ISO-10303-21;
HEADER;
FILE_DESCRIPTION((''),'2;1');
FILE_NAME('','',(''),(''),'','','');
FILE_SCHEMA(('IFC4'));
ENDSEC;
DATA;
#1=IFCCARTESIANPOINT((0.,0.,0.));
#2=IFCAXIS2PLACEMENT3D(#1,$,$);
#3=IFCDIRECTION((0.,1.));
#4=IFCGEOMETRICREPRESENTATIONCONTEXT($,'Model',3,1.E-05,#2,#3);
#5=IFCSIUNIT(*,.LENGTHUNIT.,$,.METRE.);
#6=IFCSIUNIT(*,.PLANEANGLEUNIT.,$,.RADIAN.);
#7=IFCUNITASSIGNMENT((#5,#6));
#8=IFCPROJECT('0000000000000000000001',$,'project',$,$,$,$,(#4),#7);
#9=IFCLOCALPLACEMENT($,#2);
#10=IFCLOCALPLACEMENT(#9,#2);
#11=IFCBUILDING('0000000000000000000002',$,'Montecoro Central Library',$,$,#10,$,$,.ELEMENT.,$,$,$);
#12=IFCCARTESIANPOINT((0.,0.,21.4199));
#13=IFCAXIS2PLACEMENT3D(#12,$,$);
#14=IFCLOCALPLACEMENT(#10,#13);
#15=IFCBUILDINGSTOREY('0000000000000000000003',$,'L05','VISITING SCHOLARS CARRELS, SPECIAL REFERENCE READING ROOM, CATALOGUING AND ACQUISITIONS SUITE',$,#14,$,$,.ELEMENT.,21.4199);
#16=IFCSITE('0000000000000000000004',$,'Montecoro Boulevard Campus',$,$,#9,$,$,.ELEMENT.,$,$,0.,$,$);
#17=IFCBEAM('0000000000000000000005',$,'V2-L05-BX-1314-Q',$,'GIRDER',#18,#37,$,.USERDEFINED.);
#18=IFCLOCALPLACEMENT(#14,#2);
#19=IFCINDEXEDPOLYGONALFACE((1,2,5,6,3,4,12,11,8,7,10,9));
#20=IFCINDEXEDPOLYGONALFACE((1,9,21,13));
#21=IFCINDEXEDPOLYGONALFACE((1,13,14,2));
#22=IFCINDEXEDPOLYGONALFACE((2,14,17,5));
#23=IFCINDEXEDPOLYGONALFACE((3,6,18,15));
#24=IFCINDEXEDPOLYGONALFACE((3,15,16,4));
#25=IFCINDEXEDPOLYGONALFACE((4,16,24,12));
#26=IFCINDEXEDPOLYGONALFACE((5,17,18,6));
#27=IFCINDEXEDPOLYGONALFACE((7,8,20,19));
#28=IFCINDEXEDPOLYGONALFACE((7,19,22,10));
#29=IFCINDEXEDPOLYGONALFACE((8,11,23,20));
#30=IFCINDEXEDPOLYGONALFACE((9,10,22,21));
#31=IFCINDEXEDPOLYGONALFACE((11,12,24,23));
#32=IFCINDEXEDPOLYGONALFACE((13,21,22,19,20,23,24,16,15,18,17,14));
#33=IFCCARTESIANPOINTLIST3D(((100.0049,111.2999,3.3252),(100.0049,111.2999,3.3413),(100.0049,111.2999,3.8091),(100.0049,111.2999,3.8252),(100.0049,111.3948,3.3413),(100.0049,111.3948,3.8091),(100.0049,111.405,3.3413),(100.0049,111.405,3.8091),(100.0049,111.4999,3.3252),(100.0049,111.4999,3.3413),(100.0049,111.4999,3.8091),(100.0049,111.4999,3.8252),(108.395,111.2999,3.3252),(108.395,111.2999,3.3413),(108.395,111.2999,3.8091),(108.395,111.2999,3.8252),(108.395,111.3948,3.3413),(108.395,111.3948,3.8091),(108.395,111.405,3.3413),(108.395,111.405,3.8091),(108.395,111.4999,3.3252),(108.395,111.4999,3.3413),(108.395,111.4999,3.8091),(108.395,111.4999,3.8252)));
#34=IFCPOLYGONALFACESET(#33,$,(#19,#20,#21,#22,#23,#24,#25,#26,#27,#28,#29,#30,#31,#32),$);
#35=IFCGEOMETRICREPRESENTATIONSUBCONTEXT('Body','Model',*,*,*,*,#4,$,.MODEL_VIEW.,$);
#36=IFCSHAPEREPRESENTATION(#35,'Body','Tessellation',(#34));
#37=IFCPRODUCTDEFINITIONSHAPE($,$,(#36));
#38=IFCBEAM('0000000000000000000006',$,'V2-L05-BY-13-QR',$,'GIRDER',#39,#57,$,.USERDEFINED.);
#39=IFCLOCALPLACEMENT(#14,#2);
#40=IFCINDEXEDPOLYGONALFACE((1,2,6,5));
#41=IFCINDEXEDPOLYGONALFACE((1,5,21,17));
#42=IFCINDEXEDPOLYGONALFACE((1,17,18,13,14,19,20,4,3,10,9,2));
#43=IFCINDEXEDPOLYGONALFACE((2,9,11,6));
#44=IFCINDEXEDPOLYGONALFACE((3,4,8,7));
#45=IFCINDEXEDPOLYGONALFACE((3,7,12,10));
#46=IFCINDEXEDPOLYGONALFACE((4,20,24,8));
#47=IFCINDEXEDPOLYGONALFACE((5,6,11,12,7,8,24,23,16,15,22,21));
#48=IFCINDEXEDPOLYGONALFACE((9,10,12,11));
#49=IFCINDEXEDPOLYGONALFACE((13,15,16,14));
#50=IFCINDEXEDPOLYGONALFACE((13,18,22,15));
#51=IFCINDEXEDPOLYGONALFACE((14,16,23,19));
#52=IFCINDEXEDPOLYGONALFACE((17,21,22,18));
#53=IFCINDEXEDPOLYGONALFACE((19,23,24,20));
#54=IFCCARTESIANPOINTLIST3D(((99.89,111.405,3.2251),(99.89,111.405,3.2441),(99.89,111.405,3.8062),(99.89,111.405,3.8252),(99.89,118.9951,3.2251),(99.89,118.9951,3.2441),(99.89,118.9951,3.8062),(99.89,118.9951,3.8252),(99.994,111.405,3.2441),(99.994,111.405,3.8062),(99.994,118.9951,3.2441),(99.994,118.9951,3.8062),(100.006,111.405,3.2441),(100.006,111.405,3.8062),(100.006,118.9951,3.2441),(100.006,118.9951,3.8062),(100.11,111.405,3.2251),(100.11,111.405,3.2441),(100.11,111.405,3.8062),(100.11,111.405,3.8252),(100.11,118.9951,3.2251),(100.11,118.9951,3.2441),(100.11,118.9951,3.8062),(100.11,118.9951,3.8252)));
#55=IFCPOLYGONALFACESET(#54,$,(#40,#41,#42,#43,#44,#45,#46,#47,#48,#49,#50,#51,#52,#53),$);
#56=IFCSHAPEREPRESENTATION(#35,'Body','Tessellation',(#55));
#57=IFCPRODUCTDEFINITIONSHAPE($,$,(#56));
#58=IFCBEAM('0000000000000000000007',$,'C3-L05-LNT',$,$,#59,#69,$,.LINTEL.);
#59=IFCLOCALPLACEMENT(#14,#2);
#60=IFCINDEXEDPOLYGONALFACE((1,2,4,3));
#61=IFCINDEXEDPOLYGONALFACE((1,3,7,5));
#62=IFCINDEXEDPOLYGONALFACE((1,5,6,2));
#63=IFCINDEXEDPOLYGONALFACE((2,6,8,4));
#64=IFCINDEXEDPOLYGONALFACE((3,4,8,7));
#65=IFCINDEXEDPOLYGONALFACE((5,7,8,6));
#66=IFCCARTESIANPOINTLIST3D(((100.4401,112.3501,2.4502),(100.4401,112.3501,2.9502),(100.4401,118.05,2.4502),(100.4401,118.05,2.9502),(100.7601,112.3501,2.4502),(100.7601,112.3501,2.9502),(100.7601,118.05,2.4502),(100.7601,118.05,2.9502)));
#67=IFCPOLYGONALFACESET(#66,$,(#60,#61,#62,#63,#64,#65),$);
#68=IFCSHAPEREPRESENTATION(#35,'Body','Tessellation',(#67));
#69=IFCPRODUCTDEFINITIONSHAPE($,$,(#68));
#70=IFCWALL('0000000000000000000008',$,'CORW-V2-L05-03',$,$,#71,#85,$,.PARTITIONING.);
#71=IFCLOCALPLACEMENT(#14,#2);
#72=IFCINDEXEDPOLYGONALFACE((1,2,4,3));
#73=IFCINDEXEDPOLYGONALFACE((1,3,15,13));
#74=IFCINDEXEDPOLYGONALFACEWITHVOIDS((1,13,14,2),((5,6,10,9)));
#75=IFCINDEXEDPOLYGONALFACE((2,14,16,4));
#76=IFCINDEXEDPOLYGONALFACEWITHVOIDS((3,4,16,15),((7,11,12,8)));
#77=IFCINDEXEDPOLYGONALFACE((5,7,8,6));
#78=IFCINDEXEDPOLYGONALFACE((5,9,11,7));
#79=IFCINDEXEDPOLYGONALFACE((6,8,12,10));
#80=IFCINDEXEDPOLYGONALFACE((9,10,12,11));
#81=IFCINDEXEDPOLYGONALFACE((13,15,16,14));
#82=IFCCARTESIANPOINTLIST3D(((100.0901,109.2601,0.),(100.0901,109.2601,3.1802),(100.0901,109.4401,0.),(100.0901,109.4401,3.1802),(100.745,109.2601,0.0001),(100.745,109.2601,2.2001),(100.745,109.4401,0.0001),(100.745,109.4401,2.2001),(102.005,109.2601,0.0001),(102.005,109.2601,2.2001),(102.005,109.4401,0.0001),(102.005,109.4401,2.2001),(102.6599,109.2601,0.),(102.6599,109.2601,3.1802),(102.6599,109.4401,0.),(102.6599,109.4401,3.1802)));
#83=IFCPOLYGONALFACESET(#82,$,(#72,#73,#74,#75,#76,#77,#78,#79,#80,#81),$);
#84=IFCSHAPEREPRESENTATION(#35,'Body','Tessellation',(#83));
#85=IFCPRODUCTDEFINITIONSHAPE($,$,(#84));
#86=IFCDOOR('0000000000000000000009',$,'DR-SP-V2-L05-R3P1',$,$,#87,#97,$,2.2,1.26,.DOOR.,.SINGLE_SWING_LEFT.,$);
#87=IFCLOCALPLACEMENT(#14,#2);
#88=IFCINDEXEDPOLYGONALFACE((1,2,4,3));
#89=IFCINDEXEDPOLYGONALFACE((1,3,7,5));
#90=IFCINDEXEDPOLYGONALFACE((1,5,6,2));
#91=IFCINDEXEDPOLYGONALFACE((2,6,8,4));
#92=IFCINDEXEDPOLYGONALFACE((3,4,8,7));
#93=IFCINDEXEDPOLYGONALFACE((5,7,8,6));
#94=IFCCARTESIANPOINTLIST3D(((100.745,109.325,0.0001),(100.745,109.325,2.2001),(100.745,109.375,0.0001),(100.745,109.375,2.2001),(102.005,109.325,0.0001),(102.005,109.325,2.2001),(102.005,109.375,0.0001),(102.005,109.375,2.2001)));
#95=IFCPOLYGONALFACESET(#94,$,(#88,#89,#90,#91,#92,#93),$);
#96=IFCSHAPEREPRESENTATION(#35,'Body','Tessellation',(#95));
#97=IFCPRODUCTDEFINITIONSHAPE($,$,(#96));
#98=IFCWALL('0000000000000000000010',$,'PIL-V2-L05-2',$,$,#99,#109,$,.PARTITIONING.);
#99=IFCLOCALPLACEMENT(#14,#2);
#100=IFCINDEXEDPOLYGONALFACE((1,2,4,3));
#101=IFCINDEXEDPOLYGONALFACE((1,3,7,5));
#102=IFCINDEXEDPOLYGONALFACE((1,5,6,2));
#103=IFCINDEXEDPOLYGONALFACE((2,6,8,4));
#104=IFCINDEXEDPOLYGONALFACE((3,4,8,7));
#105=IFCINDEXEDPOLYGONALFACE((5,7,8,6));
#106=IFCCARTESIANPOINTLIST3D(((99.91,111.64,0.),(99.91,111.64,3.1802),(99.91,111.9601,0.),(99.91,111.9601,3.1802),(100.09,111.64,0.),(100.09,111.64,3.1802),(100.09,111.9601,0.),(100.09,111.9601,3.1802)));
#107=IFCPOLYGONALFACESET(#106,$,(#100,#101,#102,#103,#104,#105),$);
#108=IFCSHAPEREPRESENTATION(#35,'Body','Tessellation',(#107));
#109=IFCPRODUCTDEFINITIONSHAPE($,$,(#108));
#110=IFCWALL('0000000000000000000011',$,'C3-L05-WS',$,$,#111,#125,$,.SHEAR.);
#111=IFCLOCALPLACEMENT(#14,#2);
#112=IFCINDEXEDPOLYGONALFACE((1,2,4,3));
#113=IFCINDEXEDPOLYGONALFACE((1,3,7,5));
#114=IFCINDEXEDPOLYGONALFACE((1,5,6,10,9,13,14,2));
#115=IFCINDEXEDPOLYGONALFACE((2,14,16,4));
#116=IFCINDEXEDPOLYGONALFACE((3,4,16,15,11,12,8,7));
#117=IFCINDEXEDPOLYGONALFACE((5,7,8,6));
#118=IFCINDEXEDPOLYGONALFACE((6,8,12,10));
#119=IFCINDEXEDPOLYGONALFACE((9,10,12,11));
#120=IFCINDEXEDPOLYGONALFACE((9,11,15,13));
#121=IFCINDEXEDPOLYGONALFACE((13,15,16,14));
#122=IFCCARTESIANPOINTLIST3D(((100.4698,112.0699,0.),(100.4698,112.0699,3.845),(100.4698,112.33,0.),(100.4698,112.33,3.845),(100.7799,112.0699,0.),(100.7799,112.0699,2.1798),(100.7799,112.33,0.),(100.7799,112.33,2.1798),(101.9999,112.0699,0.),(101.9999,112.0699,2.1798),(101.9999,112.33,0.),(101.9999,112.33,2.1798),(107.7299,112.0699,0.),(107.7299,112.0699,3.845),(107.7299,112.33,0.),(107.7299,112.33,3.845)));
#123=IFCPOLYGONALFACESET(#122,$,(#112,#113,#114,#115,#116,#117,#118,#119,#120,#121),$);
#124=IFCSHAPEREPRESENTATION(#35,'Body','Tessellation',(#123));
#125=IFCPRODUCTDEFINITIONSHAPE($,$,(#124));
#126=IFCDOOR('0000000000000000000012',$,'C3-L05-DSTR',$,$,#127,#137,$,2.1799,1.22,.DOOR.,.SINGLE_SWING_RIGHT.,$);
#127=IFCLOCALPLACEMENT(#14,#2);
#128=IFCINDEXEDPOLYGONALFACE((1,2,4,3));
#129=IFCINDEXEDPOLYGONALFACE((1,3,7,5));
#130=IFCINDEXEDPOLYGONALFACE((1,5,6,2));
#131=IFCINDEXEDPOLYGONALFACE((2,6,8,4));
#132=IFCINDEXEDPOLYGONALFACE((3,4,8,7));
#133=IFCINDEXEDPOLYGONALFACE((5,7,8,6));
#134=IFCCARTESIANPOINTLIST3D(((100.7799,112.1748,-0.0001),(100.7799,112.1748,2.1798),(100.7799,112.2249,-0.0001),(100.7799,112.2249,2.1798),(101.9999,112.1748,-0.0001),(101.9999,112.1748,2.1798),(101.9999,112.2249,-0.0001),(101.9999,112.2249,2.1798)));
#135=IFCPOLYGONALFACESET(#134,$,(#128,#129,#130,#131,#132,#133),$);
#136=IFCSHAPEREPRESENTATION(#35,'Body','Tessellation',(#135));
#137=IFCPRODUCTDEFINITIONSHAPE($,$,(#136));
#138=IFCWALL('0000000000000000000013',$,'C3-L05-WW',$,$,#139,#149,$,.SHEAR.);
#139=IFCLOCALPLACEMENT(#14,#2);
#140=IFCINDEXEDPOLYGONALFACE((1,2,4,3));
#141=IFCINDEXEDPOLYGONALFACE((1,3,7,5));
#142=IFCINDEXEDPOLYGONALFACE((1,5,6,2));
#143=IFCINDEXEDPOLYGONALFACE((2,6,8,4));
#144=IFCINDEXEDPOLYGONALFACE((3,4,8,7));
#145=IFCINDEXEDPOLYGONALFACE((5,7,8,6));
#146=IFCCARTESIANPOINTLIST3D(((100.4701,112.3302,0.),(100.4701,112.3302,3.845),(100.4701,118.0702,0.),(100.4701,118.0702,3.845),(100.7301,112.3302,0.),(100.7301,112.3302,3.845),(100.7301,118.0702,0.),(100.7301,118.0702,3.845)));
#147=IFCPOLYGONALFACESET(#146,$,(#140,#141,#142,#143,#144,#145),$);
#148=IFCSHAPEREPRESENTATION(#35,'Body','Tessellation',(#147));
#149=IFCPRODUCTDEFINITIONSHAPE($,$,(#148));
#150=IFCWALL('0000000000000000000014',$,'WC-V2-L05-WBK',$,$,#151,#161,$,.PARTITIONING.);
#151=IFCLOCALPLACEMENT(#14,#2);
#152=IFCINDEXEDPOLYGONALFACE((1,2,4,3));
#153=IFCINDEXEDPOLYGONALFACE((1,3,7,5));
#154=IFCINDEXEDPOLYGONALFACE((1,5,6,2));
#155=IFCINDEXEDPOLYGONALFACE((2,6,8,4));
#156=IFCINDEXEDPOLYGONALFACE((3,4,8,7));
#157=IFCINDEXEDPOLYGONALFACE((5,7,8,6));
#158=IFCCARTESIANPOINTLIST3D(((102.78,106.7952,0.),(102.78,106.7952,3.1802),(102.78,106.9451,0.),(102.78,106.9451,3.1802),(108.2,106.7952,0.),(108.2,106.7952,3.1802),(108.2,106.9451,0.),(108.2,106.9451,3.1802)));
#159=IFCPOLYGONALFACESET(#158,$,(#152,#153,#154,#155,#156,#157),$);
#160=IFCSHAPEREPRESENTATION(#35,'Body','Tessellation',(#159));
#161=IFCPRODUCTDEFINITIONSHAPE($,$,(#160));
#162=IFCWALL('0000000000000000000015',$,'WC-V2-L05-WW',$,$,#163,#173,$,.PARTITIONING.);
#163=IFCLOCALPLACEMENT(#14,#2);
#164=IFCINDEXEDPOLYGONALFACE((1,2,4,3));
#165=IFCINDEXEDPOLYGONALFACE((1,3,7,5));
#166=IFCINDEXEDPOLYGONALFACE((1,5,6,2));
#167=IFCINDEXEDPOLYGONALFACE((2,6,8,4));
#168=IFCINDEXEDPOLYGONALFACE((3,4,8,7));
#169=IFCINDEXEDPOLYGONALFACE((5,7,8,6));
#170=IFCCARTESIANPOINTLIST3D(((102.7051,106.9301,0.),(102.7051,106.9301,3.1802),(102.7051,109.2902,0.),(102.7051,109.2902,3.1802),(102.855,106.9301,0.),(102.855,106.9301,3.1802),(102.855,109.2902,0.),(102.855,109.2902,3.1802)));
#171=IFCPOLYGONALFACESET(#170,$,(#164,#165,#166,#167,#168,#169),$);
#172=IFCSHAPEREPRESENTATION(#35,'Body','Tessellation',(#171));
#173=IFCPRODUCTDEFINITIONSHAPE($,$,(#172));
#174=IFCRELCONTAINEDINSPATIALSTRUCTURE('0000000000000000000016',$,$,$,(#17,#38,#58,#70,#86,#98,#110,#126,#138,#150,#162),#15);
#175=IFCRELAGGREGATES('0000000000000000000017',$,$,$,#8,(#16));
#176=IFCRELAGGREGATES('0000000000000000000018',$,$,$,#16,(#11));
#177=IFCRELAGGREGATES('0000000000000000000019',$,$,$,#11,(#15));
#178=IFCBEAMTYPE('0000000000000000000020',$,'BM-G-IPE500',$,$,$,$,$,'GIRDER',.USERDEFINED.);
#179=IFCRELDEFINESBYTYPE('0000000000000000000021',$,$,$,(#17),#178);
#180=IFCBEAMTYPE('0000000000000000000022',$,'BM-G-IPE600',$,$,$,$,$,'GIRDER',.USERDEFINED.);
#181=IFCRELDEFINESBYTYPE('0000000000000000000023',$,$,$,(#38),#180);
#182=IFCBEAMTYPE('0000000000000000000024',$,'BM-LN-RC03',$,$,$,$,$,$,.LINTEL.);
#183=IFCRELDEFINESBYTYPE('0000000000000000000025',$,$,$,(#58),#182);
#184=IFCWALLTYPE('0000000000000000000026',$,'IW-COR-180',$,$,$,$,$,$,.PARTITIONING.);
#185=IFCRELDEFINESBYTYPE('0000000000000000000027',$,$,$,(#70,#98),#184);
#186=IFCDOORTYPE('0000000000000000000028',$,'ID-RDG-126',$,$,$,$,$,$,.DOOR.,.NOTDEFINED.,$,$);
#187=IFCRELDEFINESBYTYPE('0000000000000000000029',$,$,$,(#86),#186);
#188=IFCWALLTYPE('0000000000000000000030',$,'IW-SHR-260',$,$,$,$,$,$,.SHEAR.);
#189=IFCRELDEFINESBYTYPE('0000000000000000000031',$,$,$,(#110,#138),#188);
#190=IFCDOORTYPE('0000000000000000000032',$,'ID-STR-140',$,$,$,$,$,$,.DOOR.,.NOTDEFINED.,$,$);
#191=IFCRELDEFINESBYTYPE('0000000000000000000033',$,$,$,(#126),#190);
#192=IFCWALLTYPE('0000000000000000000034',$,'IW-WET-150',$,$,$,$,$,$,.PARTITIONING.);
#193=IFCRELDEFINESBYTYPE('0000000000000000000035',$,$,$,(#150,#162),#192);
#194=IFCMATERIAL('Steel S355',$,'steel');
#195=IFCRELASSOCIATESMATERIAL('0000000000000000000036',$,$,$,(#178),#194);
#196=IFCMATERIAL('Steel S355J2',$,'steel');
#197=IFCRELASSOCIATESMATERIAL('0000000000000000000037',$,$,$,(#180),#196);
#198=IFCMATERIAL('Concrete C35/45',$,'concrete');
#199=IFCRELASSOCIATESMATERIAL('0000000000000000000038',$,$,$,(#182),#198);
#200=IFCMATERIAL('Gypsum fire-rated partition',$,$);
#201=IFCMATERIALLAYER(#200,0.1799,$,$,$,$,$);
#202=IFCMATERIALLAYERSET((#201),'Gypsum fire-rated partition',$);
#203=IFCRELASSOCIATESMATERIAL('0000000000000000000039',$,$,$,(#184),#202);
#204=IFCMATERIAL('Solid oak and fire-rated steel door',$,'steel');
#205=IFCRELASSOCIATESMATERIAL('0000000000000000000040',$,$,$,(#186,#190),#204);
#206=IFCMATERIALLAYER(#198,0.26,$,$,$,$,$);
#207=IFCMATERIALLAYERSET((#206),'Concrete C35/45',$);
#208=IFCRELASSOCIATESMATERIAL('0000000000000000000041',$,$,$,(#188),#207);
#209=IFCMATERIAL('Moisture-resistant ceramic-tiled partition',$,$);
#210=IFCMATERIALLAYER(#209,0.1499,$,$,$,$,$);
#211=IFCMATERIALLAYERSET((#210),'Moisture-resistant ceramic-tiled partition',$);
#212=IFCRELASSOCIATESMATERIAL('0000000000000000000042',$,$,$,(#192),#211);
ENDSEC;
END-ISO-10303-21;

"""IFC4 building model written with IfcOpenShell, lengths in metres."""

from ifc_helpers import new_model, si_unit, direction, frame, frame_2d, origin, origin_2d, place, context, subcontext, project, spatial, rectangle, i_section, extrude, material, layer, layer_set, material_profile, profile_set, type_object, element, fill, save


model = new_model("IFC4")

# Units and contexts
model_context = context("Model", 3, precision=1e-05, world=origin(), true_north=direction((0.0, 1.0)))
body_context = subcontext(model_context, "Body", "Model", "MODEL_VIEW")
ifc_project = project(units=[si_unit("LENGTHUNIT", "METRE"), si_unit("PLANEANGLEUNIT", "RADIAN")], contexts=[model_context])

# Site, building, storey
site_placement = place(None, origin())
site = spatial("IfcSite", under=ifc_project, at=site_placement, Name="Montecoro Boulevard Campus", CompositionType="ELEMENT", RefElevation=0.0)
building_placement = place(site_placement, origin())
building = spatial("IfcBuilding", under=site, at=building_placement, Name="Montecoro Central Library", CompositionType="ELEMENT")
storey_placement = place(building_placement, frame((0.0, 0.0, 21.4199)))
storey = spatial("IfcBuildingStorey", under=building, at=storey_placement, Name="L05", Description="VISITING SCHOLARS CARRELS, SPECIAL REFERENCE READING ROOM, CATALOGUING AND ACQUISITIONS SUITE", CompositionType="ELEMENT", Elevation=21.4199)

# Beams
ifc_material_1 = material(Name="Steel S355", Category="steel")
ifc_material_profile_1 = material_profile(ifc_material_1, i_section(OverallWidth=0.2, OverallDepth=0.5, WebThickness=0.0103, FlangeThickness=0.0161, at=origin_2d()), Name="IPE 500")
ifc_profile_set_1 = profile_set([ifc_material_profile_1], Name="Steel S355")
beam_type_1 = type_object("IfcBeamType", Name="BM-G-IPE500", ElementType="GIRDER", PredefinedType="USERDEFINED", material=ifc_profile_set_1)
beam_1_placement = place(storey_placement, frame((100.0049, 111.3999, 3.5752), z_axis=(1.0, 0.0, 0.0), x_axis=(0.0, 1.0, 0.0)))
element("IfcBeam", 1, at=beam_1_placement, inside=storey, type_object=beam_type_1, Name="V2-L05-BX-1314-Q", ObjectType="GIRDER", PredefinedType="USERDEFINED", context=body_context, shape_type="SweptSolid", body=[
    extrude(i_section(OverallWidth=0.2, OverallDepth=0.5, WebThickness=0.0103, FlangeThickness=0.0161, at=origin_2d()), origin(), (0.0, 0.0, 1.0), 8.3901),
])
ifc_material_2 = material(Name="Steel S355J2", Category="steel")
ifc_material_profile_2 = material_profile(ifc_material_2, i_section(OverallWidth=0.22, OverallDepth=0.6001, WebThickness=0.012, FlangeThickness=0.019, at=origin_2d()), Name="IPE 600")
ifc_profile_set_2 = profile_set([ifc_material_profile_2], Name="Steel S355J2")
beam_type_2 = type_object("IfcBeamType", Name="BM-G-IPE600", ElementType="GIRDER", PredefinedType="USERDEFINED", material=ifc_profile_set_2)
beam_2_placement = place(storey_placement, frame((100.0, 111.405, 3.5251), z_axis=(0.0, 1.0, 0.0), x_axis=(-1.0, 0.0, 0.0)))
element("IfcBeam", 2, at=beam_2_placement, inside=storey, type_object=beam_type_2, Name="V2-L05-BY-13-QR", ObjectType="GIRDER", PredefinedType="USERDEFINED", context=body_context, shape_type="SweptSolid", body=[
    extrude(i_section(OverallWidth=0.22, OverallDepth=0.6001, WebThickness=0.012, FlangeThickness=0.019, at=origin_2d()), origin(), (0.0, 0.0, 1.0), 7.5901),
])
ifc_material_3 = material(Name="Concrete C35/45", Category="concrete")
ifc_material_profile_3 = material_profile(ifc_material_3, rectangle(XDim=0.3201, YDim=0.5, at=origin_2d()), Name="RC LNT 500x320")
ifc_profile_set_3 = profile_set([ifc_material_profile_3], Name="Concrete C35/45")
beam_type_3 = type_object("IfcBeamType", Name="BM-LN-RC03", PredefinedType="LINTEL", material=ifc_profile_set_3)
beam_3_placement = place(storey_placement, frame((100.6001, 112.3501, 2.7002), z_axis=(0.0, 1.0, 0.0), x_axis=(-1.0, 0.0, 0.0)))
element("IfcBeam", 3, at=beam_3_placement, inside=storey, type_object=beam_type_3, Name="C3-L05-LNT", PredefinedType="LINTEL", context=body_context, shape_type="SweptSolid", body=[
    extrude(rectangle(XDim=0.3201, YDim=0.5, at=origin_2d()), origin(), (0.0, 0.0, 1.0), 5.7),
])

# Wall, opening, door
ifc_material_4 = material(Name="Gypsum fire-rated partition")
ifc_layer_1 = layer(ifc_material_4, 0.1799)
ifc_layer_set_1 = layer_set([ifc_layer_1], Name="Gypsum fire-rated partition")
wall_type_1 = type_object("IfcWallType", Name="IW-COR-180", PredefinedType="PARTITIONING", material=ifc_layer_set_1)
wall_1_placement = place(storey_placement, frame((100.0901, 109.3501, 0.0), z_axis=(0.0, 0.0, 1.0), x_axis=(1.0, 0.0, 0.0)))
wall_1 = element("IfcWall", 4, at=wall_1_placement, inside=storey, type_object=wall_type_1, Name="CORW-V2-L05-03", PredefinedType="PARTITIONING", context=body_context, shape_type="SweptSolid", body=[
    extrude(rectangle(XDim=2.5698, YDim=0.1799, at=frame_2d((1.2849, 0.0))), origin(), (0.0, 0.0, 1.0), 3.1802),
])
opening_1_placement = place(wall_1_placement, frame((0.655, 0.0, 0.0)))
opening_1 = element("IfcOpeningElement", 5, at=opening_1_placement, cuts=wall_1, PredefinedType="OPENING", context=body_context, shape_type="SweptSolid", body=[
    extrude(rectangle(XDim=1.26, YDim=2.2, at=frame_2d((0.6299, 1.1001))), frame((0.0, 0.0999, 0.0), z_axis=(0.0, -1.0, 0.0), x_axis=(1.0, 0.0, 0.0)), (0.0, 0.0, 1.0), 0.2),
])
ifc_material_5 = material(Name="Solid oak and fire-rated steel door", Category="steel")
door_type_1 = type_object("IfcDoorType", Name="ID-RDG-126", OperationType="NOTDEFINED", PredefinedType="DOOR", material=ifc_material_5)
door_1_placement = place(opening_1_placement, origin())
door_1 = element("IfcDoor", 6, at=door_1_placement, inside=storey, type_object=door_type_1, Name="DR-SP-V2-L05-R3P1", OperationType="SINGLE_SWING_LEFT", OverallHeight=2.2, OverallWidth=1.26, PredefinedType="DOOR", context=body_context, shape_type="SweptSolid", body=[
    extrude(rectangle(XDim=1.26, YDim=2.2, at=frame_2d((0.6299, 1.1001))), frame((0.0, 0.0249, 0.0), z_axis=(0.0, -1.0, 0.0), x_axis=(1.0, 0.0, 0.0)), (0.0, 0.0, 1.0), 0.05),
])
fill(opening_1, door_1)

# Wall
wall_2_placement = place(storey_placement, frame((100.0, 111.6399, 0.0), z_axis=(0.0, 0.0, 1.0), x_axis=(0.0, 1.0, 0.0)))
element("IfcWall", 7, at=wall_2_placement, inside=storey, type_object=wall_type_1, Name="PIL-V2-L05-2", PredefinedType="PARTITIONING", context=body_context, shape_type="SweptSolid", body=[
    extrude(rectangle(XDim=0.3201, YDim=0.1799, at=frame_2d((0.1602, 0.0))), origin(), (0.0, 0.0, 1.0), 3.1802),
])

# Wall, opening, door
ifc_layer_2 = layer(ifc_material_3, 0.26)
ifc_layer_set_2 = layer_set([ifc_layer_2], Name="Concrete C35/45")
wall_type_2 = type_object("IfcWallType", Name="IW-SHR-260", PredefinedType="SHEAR", material=ifc_layer_set_2)
wall_3_placement = place(storey_placement, frame((100.47, 112.2, 0.0), z_axis=(0.0, 0.0, 1.0), x_axis=(1.0, 0.0, 0.0)))
wall_3 = element("IfcWall", 8, at=wall_3_placement, inside=storey, type_object=wall_type_2, Name="C3-L05-WS", PredefinedType="SHEAR", context=body_context, shape_type="SweptSolid", body=[
    extrude(rectangle(XDim=7.26, YDim=0.26, at=frame_2d((3.6299, 0.0))), origin(), (0.0, 0.0, 1.0), 3.845),
])
opening_2_placement = place(wall_3_placement, frame((0.3101, 0.0, 0.0)))
opening_2 = element("IfcOpeningElement", 9, at=opening_2_placement, cuts=wall_3, PredefinedType="OPENING", context=body_context, shape_type="SweptSolid", body=[
    extrude(rectangle(XDim=1.22, YDim=2.1799, at=frame_2d((0.6099, 1.0898))), frame((0.0, 0.1399, 0.0), z_axis=(0.0, -1.0, 0.0), x_axis=(1.0, 0.0, 0.0)), (0.0, 0.0, 1.0), 0.28),
])
door_type_2 = type_object("IfcDoorType", Name="ID-STR-140", OperationType="NOTDEFINED", PredefinedType="DOOR", material=ifc_material_5)
door_2_placement = place(opening_2_placement, origin())
door_2 = element("IfcDoor", 10, at=door_2_placement, inside=storey, type_object=door_type_2, Name="C3-L05-DSTR", OperationType="SINGLE_SWING_RIGHT", OverallHeight=2.1799, OverallWidth=1.22, PredefinedType="DOOR", context=body_context, shape_type="SweptSolid", body=[
    extrude(rectangle(XDim=1.22, YDim=2.1799, at=frame_2d((0.6099, 1.0898))), frame((0.0, 0.0249, 0.0), z_axis=(0.0, -1.0, 0.0), x_axis=(1.0, 0.0, 0.0)), (0.0, 0.0, 1.0), 0.05),
])
fill(opening_2, door_2)

# Walls
wall_4_placement = place(storey_placement, frame((100.6001, 112.3301, 0.0), z_axis=(0.0, 0.0, 1.0), x_axis=(0.0, 1.0, 0.0)))
element("IfcWall", 11, at=wall_4_placement, inside=storey, type_object=wall_type_2, Name="C3-L05-WW", PredefinedType="SHEAR", context=body_context, shape_type="SweptSolid", body=[
    extrude(rectangle(XDim=5.74, YDim=0.26, at=frame_2d((2.8701, 0.0))), origin(), (0.0, 0.0, 1.0), 3.845),
])
ifc_material_6 = material(Name="Moisture-resistant ceramic-tiled partition")
ifc_layer_3 = layer(ifc_material_6, 0.1499)
ifc_layer_set_3 = layer_set([ifc_layer_3], Name="Moisture-resistant ceramic-tiled partition")
wall_type_3 = type_object("IfcWallType", Name="IW-WET-150", PredefinedType="PARTITIONING", material=ifc_layer_set_3)
wall_5_placement = place(storey_placement, frame((102.78, 106.8701, 0.0), z_axis=(0.0, 0.0, 1.0), x_axis=(1.0, 0.0, 0.0)))
element("IfcWall", 12, at=wall_5_placement, inside=storey, type_object=wall_type_3, Name="WC-V2-L05-WBK", PredefinedType="PARTITIONING", context=body_context, shape_type="SweptSolid", body=[
    extrude(rectangle(XDim=5.4199, YDim=0.1499, at=frame_2d((2.71, 0.0))), origin(), (0.0, 0.0, 1.0), 3.1802),
])
for number, where, z_axis, x_axis, name in (
    (13, (102.78, 106.9299, 0.0), (0.0, 0.0, 1.0), (0.0, 1.0, 0.0), "WC-V2-L05-WW"),
):
    element("IfcWall", number, at=place(storey_placement, frame(where, z_axis=z_axis, x_axis=x_axis)), inside=storey, type_object=wall_type_3, Name=name, PredefinedType="PARTITIONING", context=body_context, shape_type="SweptSolid", body=[
        extrude(rectangle(XDim=2.3601, YDim=0.1499, at=frame_2d((1.1802, 0.0))), origin(), (0.0, 0.0, 1.0), 3.1802),
    ])

save(model, "model.ifc")
